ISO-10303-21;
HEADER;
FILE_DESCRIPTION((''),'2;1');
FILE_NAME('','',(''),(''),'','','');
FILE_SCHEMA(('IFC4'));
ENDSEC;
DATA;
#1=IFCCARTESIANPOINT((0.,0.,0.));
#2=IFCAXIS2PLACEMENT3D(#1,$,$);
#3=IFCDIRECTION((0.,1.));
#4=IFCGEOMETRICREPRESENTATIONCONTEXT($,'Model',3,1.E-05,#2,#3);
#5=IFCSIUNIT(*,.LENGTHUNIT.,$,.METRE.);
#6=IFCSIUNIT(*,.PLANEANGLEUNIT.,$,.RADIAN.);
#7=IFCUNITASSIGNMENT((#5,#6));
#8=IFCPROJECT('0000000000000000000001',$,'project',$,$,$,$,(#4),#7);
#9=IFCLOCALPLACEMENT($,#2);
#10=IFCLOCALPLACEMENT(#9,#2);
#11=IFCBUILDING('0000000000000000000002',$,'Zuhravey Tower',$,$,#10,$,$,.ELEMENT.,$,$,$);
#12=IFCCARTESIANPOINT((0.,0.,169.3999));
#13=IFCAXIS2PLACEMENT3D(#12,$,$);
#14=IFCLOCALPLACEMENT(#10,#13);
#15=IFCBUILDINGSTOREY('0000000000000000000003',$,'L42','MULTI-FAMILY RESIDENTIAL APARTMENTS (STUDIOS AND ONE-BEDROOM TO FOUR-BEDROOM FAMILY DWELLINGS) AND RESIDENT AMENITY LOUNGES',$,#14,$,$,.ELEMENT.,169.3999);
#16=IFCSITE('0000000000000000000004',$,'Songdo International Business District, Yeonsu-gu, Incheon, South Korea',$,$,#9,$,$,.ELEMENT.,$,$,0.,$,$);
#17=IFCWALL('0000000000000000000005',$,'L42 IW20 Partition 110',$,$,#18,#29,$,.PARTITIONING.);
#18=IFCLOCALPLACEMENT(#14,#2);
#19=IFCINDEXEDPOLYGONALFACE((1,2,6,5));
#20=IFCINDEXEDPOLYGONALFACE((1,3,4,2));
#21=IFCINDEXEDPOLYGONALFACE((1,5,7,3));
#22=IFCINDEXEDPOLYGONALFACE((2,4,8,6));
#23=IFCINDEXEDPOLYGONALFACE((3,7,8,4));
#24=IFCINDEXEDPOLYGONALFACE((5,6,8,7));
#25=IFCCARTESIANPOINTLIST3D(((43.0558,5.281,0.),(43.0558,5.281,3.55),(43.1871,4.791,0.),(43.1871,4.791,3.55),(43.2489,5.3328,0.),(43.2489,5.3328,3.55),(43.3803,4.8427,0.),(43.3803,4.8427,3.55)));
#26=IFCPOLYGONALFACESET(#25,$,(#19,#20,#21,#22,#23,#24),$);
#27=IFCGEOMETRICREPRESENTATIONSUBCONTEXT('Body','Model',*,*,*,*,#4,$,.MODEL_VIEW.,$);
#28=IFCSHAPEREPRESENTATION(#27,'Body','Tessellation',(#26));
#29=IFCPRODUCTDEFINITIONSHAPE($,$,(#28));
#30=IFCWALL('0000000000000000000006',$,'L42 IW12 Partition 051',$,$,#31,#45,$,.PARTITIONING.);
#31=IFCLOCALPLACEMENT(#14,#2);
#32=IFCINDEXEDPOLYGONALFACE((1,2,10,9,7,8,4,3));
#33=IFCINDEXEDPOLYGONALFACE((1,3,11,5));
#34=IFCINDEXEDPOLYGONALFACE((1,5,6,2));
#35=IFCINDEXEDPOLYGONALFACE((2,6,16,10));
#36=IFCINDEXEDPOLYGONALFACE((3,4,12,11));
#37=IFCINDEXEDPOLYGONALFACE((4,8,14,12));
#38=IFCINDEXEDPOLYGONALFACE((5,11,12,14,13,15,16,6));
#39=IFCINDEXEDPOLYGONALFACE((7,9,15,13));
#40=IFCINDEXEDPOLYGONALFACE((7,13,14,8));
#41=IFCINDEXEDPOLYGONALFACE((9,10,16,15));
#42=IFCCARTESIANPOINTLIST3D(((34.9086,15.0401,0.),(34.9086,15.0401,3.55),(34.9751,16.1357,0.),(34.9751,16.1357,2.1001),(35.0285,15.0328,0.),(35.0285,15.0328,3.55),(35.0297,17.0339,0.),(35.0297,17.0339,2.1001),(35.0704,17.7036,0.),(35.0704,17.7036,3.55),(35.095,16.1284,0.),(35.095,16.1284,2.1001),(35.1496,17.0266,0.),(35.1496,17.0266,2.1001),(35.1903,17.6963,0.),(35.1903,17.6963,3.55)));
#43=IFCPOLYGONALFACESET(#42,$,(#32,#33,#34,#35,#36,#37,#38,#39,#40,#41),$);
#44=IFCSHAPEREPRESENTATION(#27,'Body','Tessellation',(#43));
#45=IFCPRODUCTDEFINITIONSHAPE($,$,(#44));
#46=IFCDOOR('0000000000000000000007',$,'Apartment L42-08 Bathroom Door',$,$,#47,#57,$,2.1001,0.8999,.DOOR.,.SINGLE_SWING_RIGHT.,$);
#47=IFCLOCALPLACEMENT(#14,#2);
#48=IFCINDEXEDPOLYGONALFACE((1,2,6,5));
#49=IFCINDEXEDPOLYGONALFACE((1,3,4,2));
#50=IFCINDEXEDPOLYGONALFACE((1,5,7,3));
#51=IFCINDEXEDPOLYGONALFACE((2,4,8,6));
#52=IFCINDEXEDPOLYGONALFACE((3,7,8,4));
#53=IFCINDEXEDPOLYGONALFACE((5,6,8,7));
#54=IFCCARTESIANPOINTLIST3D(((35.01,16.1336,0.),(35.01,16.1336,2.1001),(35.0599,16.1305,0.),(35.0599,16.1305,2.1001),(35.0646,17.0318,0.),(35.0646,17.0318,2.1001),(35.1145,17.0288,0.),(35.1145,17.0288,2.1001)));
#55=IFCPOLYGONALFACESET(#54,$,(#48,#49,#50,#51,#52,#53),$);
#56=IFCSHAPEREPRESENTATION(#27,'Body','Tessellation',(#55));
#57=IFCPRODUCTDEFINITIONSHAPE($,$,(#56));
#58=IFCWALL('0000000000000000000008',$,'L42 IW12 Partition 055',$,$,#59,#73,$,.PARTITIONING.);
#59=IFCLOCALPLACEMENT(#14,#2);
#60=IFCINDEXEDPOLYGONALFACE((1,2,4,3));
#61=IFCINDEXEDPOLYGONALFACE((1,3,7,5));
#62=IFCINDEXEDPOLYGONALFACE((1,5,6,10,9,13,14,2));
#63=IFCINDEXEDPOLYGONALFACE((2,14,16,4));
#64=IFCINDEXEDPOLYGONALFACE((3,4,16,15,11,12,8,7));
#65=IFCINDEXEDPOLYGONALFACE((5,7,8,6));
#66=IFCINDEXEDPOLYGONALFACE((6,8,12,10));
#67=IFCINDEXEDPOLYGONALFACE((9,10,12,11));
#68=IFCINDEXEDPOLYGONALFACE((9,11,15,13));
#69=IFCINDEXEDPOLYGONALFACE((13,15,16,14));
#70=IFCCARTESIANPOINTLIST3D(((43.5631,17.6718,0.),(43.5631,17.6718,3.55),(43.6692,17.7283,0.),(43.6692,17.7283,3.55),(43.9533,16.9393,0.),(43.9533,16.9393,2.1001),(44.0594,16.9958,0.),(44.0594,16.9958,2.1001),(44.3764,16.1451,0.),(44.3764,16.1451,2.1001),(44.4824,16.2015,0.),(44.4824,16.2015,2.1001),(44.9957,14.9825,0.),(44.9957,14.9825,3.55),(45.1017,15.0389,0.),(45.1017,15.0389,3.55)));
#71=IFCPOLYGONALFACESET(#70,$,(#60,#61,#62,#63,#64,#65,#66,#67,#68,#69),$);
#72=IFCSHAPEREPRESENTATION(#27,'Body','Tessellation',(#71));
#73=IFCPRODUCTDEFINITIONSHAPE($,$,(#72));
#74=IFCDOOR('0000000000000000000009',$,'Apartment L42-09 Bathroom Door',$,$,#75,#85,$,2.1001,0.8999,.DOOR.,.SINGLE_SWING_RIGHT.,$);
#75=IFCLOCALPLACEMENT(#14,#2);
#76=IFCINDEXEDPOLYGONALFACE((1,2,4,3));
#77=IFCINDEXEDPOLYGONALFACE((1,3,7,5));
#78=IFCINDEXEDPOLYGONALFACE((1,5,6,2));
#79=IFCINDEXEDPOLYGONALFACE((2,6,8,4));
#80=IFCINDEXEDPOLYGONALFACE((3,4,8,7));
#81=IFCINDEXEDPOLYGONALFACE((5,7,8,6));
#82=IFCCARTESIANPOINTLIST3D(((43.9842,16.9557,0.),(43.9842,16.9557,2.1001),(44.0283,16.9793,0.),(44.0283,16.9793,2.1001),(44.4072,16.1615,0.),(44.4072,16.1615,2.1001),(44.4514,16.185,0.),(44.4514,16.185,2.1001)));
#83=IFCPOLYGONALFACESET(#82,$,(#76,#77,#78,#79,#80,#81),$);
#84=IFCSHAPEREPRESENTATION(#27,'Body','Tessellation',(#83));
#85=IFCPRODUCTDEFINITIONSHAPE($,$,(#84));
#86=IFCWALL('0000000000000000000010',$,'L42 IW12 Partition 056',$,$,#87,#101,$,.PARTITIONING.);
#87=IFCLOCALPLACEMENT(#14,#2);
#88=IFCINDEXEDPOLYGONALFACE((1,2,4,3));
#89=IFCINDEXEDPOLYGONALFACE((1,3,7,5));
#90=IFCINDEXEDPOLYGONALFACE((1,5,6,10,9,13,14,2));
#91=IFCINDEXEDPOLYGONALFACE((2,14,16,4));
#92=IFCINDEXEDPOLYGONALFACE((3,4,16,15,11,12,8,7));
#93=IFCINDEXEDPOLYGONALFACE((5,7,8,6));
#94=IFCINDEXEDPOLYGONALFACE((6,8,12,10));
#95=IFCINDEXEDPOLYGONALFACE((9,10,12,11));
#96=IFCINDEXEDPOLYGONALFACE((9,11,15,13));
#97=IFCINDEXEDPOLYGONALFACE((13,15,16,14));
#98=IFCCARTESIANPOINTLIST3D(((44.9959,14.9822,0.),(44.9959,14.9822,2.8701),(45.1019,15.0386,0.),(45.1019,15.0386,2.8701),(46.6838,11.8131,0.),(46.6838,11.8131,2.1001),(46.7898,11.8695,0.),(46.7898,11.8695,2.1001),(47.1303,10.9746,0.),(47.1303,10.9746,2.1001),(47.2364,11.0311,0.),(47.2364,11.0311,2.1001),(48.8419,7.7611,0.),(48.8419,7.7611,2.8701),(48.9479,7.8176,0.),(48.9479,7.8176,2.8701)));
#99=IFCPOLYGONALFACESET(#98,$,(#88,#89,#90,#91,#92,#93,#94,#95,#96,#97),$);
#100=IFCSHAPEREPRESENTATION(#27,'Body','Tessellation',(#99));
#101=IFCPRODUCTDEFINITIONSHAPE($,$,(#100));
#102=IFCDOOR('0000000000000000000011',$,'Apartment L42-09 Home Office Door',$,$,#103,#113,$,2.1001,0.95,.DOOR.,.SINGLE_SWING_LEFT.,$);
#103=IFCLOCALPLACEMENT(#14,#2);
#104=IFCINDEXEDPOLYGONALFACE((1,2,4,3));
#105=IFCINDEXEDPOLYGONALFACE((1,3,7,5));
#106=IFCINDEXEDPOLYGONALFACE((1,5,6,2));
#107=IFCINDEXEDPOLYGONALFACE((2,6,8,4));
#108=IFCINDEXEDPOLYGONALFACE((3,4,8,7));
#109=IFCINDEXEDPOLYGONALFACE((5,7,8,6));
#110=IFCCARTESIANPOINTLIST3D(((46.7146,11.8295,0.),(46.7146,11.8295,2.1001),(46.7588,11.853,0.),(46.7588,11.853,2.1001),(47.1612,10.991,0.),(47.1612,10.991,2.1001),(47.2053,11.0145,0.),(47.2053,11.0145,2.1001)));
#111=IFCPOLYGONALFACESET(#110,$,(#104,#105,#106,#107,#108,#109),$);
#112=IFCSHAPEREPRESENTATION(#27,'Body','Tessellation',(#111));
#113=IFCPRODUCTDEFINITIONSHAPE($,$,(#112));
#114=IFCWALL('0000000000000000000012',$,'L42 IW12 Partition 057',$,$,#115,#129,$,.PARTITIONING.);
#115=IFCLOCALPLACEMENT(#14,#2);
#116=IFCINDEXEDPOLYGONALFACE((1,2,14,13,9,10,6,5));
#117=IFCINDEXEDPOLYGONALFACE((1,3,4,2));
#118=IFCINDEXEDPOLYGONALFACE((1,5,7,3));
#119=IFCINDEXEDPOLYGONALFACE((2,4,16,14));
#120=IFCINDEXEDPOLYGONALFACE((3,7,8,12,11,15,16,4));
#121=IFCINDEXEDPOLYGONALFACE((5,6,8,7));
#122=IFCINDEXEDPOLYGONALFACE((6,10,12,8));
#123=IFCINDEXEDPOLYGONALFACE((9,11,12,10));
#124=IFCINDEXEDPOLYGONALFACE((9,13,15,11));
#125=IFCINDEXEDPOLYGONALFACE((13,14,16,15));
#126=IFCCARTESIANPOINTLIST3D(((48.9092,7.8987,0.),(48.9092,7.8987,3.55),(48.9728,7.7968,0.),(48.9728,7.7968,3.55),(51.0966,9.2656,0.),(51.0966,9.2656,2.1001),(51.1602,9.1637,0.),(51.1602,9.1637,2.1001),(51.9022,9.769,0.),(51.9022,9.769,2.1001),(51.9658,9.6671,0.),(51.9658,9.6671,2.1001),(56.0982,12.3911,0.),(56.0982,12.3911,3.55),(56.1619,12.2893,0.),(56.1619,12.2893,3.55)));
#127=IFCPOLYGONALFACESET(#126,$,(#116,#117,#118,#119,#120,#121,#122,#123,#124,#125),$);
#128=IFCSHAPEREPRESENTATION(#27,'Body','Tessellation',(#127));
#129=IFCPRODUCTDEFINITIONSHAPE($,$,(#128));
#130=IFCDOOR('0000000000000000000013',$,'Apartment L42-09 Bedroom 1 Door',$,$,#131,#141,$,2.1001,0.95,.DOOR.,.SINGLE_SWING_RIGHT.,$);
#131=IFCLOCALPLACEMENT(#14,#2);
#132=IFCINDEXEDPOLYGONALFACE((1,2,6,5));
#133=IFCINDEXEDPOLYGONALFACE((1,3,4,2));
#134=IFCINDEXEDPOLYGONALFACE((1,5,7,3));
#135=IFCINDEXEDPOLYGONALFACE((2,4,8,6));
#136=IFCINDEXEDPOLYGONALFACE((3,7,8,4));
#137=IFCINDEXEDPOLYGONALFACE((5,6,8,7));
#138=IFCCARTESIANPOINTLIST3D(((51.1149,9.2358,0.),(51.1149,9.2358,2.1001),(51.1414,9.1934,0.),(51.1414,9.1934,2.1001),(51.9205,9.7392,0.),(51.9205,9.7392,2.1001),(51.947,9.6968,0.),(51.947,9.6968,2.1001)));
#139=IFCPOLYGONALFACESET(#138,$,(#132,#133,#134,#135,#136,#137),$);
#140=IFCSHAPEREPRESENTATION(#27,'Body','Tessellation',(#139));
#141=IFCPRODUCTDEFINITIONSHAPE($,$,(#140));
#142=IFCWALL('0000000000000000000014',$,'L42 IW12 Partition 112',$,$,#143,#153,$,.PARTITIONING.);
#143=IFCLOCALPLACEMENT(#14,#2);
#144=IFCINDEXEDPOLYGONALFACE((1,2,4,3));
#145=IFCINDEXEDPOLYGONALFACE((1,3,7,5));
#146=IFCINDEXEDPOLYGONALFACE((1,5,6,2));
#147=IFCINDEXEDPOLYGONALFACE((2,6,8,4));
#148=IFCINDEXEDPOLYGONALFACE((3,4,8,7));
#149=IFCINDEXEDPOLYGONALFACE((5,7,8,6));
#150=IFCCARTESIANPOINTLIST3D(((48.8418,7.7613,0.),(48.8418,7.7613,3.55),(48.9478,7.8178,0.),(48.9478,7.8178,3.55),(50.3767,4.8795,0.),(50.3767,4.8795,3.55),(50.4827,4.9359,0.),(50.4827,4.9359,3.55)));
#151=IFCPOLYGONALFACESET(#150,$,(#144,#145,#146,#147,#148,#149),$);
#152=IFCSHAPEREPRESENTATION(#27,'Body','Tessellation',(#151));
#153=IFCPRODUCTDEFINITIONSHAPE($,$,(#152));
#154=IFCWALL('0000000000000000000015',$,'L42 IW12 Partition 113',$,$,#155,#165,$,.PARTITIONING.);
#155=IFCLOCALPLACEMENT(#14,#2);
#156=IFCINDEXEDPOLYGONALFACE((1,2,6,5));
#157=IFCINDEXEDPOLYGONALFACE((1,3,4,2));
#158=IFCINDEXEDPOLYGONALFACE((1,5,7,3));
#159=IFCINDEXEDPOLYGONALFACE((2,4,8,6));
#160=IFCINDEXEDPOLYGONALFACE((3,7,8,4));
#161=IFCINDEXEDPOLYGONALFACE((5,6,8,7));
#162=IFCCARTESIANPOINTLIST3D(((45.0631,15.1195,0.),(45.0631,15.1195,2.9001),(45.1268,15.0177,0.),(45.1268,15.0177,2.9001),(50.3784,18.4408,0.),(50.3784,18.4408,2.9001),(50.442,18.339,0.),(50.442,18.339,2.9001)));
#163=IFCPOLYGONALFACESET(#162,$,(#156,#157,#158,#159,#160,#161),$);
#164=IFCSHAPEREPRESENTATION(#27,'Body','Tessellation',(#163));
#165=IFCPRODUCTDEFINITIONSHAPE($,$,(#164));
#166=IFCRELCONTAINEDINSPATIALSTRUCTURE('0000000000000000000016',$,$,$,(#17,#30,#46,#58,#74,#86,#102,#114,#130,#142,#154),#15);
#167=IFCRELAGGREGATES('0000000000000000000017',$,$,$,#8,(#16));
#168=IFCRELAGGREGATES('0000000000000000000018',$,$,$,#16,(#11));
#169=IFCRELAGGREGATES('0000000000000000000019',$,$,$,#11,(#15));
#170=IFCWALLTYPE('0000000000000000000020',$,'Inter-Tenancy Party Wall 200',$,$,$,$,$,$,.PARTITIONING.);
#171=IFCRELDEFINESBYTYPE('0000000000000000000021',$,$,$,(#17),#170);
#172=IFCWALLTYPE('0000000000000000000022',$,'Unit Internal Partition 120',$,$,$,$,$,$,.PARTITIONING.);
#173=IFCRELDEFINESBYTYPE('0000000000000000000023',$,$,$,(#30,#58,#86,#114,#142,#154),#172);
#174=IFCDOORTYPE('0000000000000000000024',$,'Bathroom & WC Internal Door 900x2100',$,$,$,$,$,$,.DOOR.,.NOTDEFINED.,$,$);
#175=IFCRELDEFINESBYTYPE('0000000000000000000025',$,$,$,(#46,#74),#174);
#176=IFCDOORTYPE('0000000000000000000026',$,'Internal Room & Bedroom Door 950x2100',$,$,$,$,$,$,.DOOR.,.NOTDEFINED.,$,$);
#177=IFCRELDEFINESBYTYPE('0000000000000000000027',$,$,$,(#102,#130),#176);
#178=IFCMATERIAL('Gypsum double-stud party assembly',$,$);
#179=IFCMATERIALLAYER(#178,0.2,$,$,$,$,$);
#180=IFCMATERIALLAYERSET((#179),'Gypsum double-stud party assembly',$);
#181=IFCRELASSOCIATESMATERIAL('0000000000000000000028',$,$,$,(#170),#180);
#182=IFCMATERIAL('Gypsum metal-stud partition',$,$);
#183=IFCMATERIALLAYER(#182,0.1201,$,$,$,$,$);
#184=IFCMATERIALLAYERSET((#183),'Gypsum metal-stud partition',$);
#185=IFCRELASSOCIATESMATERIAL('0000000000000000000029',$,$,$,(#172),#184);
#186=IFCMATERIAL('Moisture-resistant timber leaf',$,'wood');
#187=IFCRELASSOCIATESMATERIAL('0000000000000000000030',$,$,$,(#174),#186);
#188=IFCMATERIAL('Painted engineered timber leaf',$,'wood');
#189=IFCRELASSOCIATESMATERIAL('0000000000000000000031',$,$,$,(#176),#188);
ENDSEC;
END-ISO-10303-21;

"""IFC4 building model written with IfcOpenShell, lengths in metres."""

from ifc_helpers import new_model, si_unit, direction, frame, frame_2d, origin, place, context, subcontext, project, spatial, rectangle, extrude, material, layer, layer_set, type_object, element, fill, save


model = new_model("IFC4")

# Units and contexts
model_context = context("Model", 3, precision=1e-05, world=origin(), true_north=direction((0.0, 1.0)))
body_context = subcontext(model_context, "Body", "Model", "MODEL_VIEW")
ifc_project = project(units=[si_unit("LENGTHUNIT", "METRE"), si_unit("PLANEANGLEUNIT", "RADIAN")], contexts=[model_context])

# Site, building, storey
site_placement = place(None, origin())
site = spatial("IfcSite", under=ifc_project, at=site_placement, Name="Songdo International Business District, Yeonsu-gu, Incheon, South Korea", CompositionType="ELEMENT", RefElevation=0.0)
building_placement = place(site_placement, origin())
building = spatial("IfcBuilding", under=site, at=building_placement, Name="Zuhravey Tower", CompositionType="ELEMENT")
storey_placement = place(building_placement, frame((0.0, 0.0, 169.3999)))
storey = spatial("IfcBuildingStorey", under=building, at=storey_placement, Name="L42", Description="MULTI-FAMILY RESIDENTIAL APARTMENTS (STUDIOS AND ONE-BEDROOM TO FOUR-BEDROOM FAMILY DWELLINGS) AND RESIDENT AMENITY LOUNGES", CompositionType="ELEMENT", Elevation=169.3999)

# Wall
ifc_material_1 = material(Name="Gypsum double-stud party assembly")
ifc_layer_1 = layer(ifc_material_1, 0.2)
ifc_layer_set_1 = layer_set([ifc_layer_1], Name="Gypsum double-stud party assembly")
wall_type_1 = type_object("IfcWallType", Name="Inter-Tenancy Party Wall 200", PredefinedType="PARTITIONING", material=ifc_layer_set_1)
wall_1_placement = place(storey_placement, frame((43.1523, 5.3069, 0.0), z_axis=(0.0, 0.0, 1.0), x_axis=(0.258921, -0.965899, 0.0)))
element("IfcWall", 1, at=wall_1_placement, inside=storey, type_object=wall_type_1, Name="L42 IW20 Partition 110", PredefinedType="PARTITIONING", context=body_context, shape_type="SweptSolid", body=[
    extrude(rectangle(XDim=0.5073, YDim=0.2, at=frame_2d((0.2537, 0.0))), origin(), (0.0, 0.0, 1.0), 3.55),
])

# Walls, openings, doors
ifc_material_2 = material(Name="Gypsum metal-stud partition")
ifc_layer_2 = layer(ifc_material_2, 0.1201)
ifc_layer_set_2 = layer_set([ifc_layer_2], Name="Gypsum metal-stud partition")
wall_type_2 = type_object("IfcWallType", Name="Unit Internal Partition 120", PredefinedType="PARTITIONING", material=ifc_layer_set_2)
wall_2_placement = place(storey_placement, frame((35.1304, 17.7, 0.0), z_axis=(0.0, 0.0, 1.0), x_axis=(-0.060658, -0.998159, 0.0)))
wall_2 = element("IfcWall", 2, at=wall_2_placement, inside=storey, type_object=wall_type_2, Name="L42 IW12 Partition 051", PredefinedType="PARTITIONING", context=body_context, shape_type="SweptSolid", body=[
    extrude(rectangle(XDim=2.6685, YDim=0.1201, at=frame_2d((1.3342, 0.0))), origin(), (0.0, 0.0, 1.0), 3.55),
])
opening_1_placement = place(wall_2_placement, frame((0.6709, 0.0, 0.0)))
opening_1 = element("IfcOpeningElement", 3, at=opening_1_placement, cuts=wall_2, PredefinedType="OPENING", context=body_context, shape_type="SweptSolid", body=[
    extrude(rectangle(XDim=0.8999, YDim=2.1001, at=frame_2d((0.45, 1.05))), frame((0.0, 0.072, 0.0), z_axis=(0.0, -1.0, 0.0), x_axis=(1.0, 0.0, 0.0)), (0.0, 0.0, 1.0), 0.144),
])
ifc_material_3 = material(Name="Moisture-resistant timber leaf", Category="wood")
door_type_1 = type_object("IfcDoorType", Name="Bathroom & WC Internal Door 900x2100", OperationType="NOTDEFINED", PredefinedType="DOOR", material=ifc_material_3)
door_1_placement = place(opening_1_placement, origin())
door_1 = element("IfcDoor", 4, at=door_1_placement, inside=storey, type_object=door_type_1, Name="Apartment L42-08 Bathroom Door", OperationType="SINGLE_SWING_RIGHT", OverallHeight=2.1001, OverallWidth=0.8999, PredefinedType="DOOR", context=body_context, shape_type="SweptSolid", body=[
    extrude(rectangle(XDim=0.8999, YDim=2.1001, at=frame_2d((0.45, 1.05))), frame((0.0, 0.0249, 0.0), z_axis=(0.0, -1.0, 0.0), x_axis=(1.0, 0.0, 0.0)), (0.0, 0.0, 1.0), 0.05),
])
fill(opening_1, door_1)
wall_3_placement = place(storey_placement, frame((43.6162, 17.7, 0.0), z_axis=(0.0, 0.0, 1.0), x_axis=(0.470139, -0.882592, 0.0)))
wall_3 = element("IfcWall", 5, at=wall_3_placement, inside=storey, type_object=wall_type_2, Name="L42 IW12 Partition 055", PredefinedType="PARTITIONING", context=body_context, shape_type="SweptSolid", body=[
    extrude(rectangle(XDim=3.0471, YDim=0.1201, at=frame_2d((1.5234, 0.0))), origin(), (0.0, 0.0, 1.0), 3.55),
])
opening_2_placement = place(wall_3_placement, frame((0.8298, 0.0, 0.0)))
opening_2 = element("IfcOpeningElement", 6, at=opening_2_placement, cuts=wall_3, PredefinedType="OPENING", context=body_context, shape_type="SweptSolid", body=[
    extrude(rectangle(XDim=0.8999, YDim=2.1001, at=frame_2d((0.45, 1.05))), frame((0.0, 0.072, 0.0), z_axis=(0.0, -1.0, 0.0), x_axis=(1.0, 0.0, 0.0)), (0.0, 0.0, 1.0), 0.144),
])
door_2_placement = place(opening_2_placement, origin())
door_2 = element("IfcDoor", 7, at=door_2_placement, inside=storey, type_object=door_type_1, Name="Apartment L42-09 Bathroom Door", OperationType="SINGLE_SWING_RIGHT", OverallHeight=2.1001, OverallWidth=0.8999, PredefinedType="DOOR", context=body_context, shape_type="SweptSolid", body=[
    extrude(rectangle(XDim=0.8999, YDim=2.1001, at=frame_2d((0.45, 1.05))), frame((0.0, 0.0249, 0.0), z_axis=(0.0, -1.0, 0.0), x_axis=(1.0, 0.0, 0.0)), (0.0, 0.0, 1.0), 0.05),
])
fill(opening_2, door_2)
wall_4_placement = place(storey_placement, frame((45.0488, 15.0105, 0.0), z_axis=(0.0, 0.0, 1.0), x_axis=(0.470091, -0.882618, 0.0)))
wall_4 = element("IfcWall", 8, at=wall_4_placement, inside=storey, type_object=wall_type_2, Name="L42 IW12 Partition 056", PredefinedType="PARTITIONING", context=body_context, shape_type="SweptSolid", body=[
    extrude(rectangle(XDim=8.1814, YDim=0.1201, at=frame_2d((4.0908, 0.0))), origin(), (0.0, 0.0, 1.0), 2.8701),
])
opening_3_placement = place(wall_4_placement, frame((3.5906, 0.0, 0.0)))
opening_3 = element("IfcOpeningElement", 9, at=opening_3_placement, cuts=wall_4, PredefinedType="OPENING", context=body_context, shape_type="SweptSolid", body=[
    extrude(rectangle(XDim=0.95, YDim=2.1001, at=frame_2d((0.4751, 1.05))), frame((0.0, 0.072, 0.0), z_axis=(0.0, -1.0, 0.0), x_axis=(1.0, 0.0, 0.0)), (0.0, 0.0, 1.0), 0.144),
])
ifc_material_4 = material(Name="Painted engineered timber leaf", Category="wood")
door_type_2 = type_object("IfcDoorType", Name="Internal Room & Bedroom Door 950x2100", OperationType="NOTDEFINED", PredefinedType="DOOR", material=ifc_material_4)
door_3_placement = place(opening_3_placement, origin())
door_3 = element("IfcDoor", 10, at=door_3_placement, inside=storey, type_object=door_type_2, Name="Apartment L42-09 Home Office Door", OperationType="SINGLE_SWING_LEFT", OverallHeight=2.1001, OverallWidth=0.95, PredefinedType="DOOR", context=body_context, shape_type="SweptSolid", body=[
    extrude(rectangle(XDim=0.95, YDim=2.1001, at=frame_2d((0.4751, 1.05))), frame((0.0, 0.0249, 0.0), z_axis=(0.0, -1.0, 0.0), x_axis=(1.0, 0.0, 0.0)), (0.0, 0.0, 1.0), 0.05),
])
fill(opening_3, door_3)
wall_5_placement = place(storey_placement, frame((48.9409, 7.8477, 0.0), z_axis=(0.0, 0.0, 1.0), x_axis=(0.848034, 0.529942, 0.0)))
wall_5 = element("IfcWall", 11, at=wall_5_placement, inside=storey, type_object=wall_type_2, Name="L42 IW12 Partition 057", PredefinedType="PARTITIONING", context=body_context, shape_type="SweptSolid", body=[
    extrude(rectangle(XDim=8.4773, YDim=0.1201, at=frame_2d((4.2388, 0.0))), origin(), (0.0, 0.0, 1.0), 3.55),
])
opening_4_placement = place(wall_5_placement, frame((2.5793, 0.0, 0.0)))
opening_4 = element("IfcOpeningElement", 12, at=opening_4_placement, cuts=wall_5, PredefinedType="OPENING", context=body_context, shape_type="SweptSolid", body=[
    extrude(rectangle(XDim=0.95, YDim=2.1001, at=frame_2d((0.4751, 1.05))), frame((0.0, 0.072, 0.0), z_axis=(0.0, -1.0, 0.0), x_axis=(1.0, 0.0, 0.0)), (0.0, 0.0, 1.0), 0.144),
])
door_4_placement = place(opening_4_placement, frame((0.95, 0.0, 0.0), z_axis=(0.0, 0.0, 1.0), x_axis=(-1.0, 0.0, 0.0)))
door_4 = element("IfcDoor", 13, at=door_4_placement, inside=storey, type_object=door_type_2, Name="Apartment L42-09 Bedroom 1 Door", OperationType="SINGLE_SWING_RIGHT", OverallHeight=2.1001, OverallWidth=0.95, PredefinedType="DOOR", context=body_context, shape_type="SweptSolid", body=[
    extrude(rectangle(XDim=0.95, YDim=2.1001, at=frame_2d((0.4751, 1.05))), frame((0.0, 0.0249, 0.0), z_axis=(0.0, -1.0, 0.0), x_axis=(1.0, 0.0, 0.0)), (0.0, 0.0, 1.0), 0.05),
])
fill(opening_4, door_4)

# Walls
wall_6_placement = place(storey_placement, frame((48.8948, 7.7896, 0.0), z_axis=(0.0, 0.0, 1.0), x_axis=(0.470095, -0.882616, 0.0)))
element("IfcWall", 14, at=wall_6_placement, inside=storey, type_object=wall_type_2, Name="L42 IW12 Partition 112", PredefinedType="PARTITIONING", context=body_context, shape_type="SweptSolid", body=[
    extrude(rectangle(XDim=3.2651, YDim=0.1201, at=frame_2d((1.6326, 0.0))), origin(), (0.0, 0.0, 1.0), 3.55),
])
wall_7_placement = place(storey_placement, frame((45.095, 15.0686, 0.0), z_axis=(0.0, 0.0, 1.0), x_axis=(0.848049, 0.529918, 0.0)))
element("IfcWall", 15, at=wall_7_placement, inside=storey, type_object=wall_type_2, Name="L42 IW12 Partition 113", PredefinedType="PARTITIONING", context=body_context, shape_type="SweptSolid", body=[
    extrude(rectangle(XDim=6.2676, YDim=0.1201, at=frame_2d((3.1338, 0.0))), origin(), (0.0, 0.0, 1.0), 2.9001),
])

save(model, "model.ifc")
